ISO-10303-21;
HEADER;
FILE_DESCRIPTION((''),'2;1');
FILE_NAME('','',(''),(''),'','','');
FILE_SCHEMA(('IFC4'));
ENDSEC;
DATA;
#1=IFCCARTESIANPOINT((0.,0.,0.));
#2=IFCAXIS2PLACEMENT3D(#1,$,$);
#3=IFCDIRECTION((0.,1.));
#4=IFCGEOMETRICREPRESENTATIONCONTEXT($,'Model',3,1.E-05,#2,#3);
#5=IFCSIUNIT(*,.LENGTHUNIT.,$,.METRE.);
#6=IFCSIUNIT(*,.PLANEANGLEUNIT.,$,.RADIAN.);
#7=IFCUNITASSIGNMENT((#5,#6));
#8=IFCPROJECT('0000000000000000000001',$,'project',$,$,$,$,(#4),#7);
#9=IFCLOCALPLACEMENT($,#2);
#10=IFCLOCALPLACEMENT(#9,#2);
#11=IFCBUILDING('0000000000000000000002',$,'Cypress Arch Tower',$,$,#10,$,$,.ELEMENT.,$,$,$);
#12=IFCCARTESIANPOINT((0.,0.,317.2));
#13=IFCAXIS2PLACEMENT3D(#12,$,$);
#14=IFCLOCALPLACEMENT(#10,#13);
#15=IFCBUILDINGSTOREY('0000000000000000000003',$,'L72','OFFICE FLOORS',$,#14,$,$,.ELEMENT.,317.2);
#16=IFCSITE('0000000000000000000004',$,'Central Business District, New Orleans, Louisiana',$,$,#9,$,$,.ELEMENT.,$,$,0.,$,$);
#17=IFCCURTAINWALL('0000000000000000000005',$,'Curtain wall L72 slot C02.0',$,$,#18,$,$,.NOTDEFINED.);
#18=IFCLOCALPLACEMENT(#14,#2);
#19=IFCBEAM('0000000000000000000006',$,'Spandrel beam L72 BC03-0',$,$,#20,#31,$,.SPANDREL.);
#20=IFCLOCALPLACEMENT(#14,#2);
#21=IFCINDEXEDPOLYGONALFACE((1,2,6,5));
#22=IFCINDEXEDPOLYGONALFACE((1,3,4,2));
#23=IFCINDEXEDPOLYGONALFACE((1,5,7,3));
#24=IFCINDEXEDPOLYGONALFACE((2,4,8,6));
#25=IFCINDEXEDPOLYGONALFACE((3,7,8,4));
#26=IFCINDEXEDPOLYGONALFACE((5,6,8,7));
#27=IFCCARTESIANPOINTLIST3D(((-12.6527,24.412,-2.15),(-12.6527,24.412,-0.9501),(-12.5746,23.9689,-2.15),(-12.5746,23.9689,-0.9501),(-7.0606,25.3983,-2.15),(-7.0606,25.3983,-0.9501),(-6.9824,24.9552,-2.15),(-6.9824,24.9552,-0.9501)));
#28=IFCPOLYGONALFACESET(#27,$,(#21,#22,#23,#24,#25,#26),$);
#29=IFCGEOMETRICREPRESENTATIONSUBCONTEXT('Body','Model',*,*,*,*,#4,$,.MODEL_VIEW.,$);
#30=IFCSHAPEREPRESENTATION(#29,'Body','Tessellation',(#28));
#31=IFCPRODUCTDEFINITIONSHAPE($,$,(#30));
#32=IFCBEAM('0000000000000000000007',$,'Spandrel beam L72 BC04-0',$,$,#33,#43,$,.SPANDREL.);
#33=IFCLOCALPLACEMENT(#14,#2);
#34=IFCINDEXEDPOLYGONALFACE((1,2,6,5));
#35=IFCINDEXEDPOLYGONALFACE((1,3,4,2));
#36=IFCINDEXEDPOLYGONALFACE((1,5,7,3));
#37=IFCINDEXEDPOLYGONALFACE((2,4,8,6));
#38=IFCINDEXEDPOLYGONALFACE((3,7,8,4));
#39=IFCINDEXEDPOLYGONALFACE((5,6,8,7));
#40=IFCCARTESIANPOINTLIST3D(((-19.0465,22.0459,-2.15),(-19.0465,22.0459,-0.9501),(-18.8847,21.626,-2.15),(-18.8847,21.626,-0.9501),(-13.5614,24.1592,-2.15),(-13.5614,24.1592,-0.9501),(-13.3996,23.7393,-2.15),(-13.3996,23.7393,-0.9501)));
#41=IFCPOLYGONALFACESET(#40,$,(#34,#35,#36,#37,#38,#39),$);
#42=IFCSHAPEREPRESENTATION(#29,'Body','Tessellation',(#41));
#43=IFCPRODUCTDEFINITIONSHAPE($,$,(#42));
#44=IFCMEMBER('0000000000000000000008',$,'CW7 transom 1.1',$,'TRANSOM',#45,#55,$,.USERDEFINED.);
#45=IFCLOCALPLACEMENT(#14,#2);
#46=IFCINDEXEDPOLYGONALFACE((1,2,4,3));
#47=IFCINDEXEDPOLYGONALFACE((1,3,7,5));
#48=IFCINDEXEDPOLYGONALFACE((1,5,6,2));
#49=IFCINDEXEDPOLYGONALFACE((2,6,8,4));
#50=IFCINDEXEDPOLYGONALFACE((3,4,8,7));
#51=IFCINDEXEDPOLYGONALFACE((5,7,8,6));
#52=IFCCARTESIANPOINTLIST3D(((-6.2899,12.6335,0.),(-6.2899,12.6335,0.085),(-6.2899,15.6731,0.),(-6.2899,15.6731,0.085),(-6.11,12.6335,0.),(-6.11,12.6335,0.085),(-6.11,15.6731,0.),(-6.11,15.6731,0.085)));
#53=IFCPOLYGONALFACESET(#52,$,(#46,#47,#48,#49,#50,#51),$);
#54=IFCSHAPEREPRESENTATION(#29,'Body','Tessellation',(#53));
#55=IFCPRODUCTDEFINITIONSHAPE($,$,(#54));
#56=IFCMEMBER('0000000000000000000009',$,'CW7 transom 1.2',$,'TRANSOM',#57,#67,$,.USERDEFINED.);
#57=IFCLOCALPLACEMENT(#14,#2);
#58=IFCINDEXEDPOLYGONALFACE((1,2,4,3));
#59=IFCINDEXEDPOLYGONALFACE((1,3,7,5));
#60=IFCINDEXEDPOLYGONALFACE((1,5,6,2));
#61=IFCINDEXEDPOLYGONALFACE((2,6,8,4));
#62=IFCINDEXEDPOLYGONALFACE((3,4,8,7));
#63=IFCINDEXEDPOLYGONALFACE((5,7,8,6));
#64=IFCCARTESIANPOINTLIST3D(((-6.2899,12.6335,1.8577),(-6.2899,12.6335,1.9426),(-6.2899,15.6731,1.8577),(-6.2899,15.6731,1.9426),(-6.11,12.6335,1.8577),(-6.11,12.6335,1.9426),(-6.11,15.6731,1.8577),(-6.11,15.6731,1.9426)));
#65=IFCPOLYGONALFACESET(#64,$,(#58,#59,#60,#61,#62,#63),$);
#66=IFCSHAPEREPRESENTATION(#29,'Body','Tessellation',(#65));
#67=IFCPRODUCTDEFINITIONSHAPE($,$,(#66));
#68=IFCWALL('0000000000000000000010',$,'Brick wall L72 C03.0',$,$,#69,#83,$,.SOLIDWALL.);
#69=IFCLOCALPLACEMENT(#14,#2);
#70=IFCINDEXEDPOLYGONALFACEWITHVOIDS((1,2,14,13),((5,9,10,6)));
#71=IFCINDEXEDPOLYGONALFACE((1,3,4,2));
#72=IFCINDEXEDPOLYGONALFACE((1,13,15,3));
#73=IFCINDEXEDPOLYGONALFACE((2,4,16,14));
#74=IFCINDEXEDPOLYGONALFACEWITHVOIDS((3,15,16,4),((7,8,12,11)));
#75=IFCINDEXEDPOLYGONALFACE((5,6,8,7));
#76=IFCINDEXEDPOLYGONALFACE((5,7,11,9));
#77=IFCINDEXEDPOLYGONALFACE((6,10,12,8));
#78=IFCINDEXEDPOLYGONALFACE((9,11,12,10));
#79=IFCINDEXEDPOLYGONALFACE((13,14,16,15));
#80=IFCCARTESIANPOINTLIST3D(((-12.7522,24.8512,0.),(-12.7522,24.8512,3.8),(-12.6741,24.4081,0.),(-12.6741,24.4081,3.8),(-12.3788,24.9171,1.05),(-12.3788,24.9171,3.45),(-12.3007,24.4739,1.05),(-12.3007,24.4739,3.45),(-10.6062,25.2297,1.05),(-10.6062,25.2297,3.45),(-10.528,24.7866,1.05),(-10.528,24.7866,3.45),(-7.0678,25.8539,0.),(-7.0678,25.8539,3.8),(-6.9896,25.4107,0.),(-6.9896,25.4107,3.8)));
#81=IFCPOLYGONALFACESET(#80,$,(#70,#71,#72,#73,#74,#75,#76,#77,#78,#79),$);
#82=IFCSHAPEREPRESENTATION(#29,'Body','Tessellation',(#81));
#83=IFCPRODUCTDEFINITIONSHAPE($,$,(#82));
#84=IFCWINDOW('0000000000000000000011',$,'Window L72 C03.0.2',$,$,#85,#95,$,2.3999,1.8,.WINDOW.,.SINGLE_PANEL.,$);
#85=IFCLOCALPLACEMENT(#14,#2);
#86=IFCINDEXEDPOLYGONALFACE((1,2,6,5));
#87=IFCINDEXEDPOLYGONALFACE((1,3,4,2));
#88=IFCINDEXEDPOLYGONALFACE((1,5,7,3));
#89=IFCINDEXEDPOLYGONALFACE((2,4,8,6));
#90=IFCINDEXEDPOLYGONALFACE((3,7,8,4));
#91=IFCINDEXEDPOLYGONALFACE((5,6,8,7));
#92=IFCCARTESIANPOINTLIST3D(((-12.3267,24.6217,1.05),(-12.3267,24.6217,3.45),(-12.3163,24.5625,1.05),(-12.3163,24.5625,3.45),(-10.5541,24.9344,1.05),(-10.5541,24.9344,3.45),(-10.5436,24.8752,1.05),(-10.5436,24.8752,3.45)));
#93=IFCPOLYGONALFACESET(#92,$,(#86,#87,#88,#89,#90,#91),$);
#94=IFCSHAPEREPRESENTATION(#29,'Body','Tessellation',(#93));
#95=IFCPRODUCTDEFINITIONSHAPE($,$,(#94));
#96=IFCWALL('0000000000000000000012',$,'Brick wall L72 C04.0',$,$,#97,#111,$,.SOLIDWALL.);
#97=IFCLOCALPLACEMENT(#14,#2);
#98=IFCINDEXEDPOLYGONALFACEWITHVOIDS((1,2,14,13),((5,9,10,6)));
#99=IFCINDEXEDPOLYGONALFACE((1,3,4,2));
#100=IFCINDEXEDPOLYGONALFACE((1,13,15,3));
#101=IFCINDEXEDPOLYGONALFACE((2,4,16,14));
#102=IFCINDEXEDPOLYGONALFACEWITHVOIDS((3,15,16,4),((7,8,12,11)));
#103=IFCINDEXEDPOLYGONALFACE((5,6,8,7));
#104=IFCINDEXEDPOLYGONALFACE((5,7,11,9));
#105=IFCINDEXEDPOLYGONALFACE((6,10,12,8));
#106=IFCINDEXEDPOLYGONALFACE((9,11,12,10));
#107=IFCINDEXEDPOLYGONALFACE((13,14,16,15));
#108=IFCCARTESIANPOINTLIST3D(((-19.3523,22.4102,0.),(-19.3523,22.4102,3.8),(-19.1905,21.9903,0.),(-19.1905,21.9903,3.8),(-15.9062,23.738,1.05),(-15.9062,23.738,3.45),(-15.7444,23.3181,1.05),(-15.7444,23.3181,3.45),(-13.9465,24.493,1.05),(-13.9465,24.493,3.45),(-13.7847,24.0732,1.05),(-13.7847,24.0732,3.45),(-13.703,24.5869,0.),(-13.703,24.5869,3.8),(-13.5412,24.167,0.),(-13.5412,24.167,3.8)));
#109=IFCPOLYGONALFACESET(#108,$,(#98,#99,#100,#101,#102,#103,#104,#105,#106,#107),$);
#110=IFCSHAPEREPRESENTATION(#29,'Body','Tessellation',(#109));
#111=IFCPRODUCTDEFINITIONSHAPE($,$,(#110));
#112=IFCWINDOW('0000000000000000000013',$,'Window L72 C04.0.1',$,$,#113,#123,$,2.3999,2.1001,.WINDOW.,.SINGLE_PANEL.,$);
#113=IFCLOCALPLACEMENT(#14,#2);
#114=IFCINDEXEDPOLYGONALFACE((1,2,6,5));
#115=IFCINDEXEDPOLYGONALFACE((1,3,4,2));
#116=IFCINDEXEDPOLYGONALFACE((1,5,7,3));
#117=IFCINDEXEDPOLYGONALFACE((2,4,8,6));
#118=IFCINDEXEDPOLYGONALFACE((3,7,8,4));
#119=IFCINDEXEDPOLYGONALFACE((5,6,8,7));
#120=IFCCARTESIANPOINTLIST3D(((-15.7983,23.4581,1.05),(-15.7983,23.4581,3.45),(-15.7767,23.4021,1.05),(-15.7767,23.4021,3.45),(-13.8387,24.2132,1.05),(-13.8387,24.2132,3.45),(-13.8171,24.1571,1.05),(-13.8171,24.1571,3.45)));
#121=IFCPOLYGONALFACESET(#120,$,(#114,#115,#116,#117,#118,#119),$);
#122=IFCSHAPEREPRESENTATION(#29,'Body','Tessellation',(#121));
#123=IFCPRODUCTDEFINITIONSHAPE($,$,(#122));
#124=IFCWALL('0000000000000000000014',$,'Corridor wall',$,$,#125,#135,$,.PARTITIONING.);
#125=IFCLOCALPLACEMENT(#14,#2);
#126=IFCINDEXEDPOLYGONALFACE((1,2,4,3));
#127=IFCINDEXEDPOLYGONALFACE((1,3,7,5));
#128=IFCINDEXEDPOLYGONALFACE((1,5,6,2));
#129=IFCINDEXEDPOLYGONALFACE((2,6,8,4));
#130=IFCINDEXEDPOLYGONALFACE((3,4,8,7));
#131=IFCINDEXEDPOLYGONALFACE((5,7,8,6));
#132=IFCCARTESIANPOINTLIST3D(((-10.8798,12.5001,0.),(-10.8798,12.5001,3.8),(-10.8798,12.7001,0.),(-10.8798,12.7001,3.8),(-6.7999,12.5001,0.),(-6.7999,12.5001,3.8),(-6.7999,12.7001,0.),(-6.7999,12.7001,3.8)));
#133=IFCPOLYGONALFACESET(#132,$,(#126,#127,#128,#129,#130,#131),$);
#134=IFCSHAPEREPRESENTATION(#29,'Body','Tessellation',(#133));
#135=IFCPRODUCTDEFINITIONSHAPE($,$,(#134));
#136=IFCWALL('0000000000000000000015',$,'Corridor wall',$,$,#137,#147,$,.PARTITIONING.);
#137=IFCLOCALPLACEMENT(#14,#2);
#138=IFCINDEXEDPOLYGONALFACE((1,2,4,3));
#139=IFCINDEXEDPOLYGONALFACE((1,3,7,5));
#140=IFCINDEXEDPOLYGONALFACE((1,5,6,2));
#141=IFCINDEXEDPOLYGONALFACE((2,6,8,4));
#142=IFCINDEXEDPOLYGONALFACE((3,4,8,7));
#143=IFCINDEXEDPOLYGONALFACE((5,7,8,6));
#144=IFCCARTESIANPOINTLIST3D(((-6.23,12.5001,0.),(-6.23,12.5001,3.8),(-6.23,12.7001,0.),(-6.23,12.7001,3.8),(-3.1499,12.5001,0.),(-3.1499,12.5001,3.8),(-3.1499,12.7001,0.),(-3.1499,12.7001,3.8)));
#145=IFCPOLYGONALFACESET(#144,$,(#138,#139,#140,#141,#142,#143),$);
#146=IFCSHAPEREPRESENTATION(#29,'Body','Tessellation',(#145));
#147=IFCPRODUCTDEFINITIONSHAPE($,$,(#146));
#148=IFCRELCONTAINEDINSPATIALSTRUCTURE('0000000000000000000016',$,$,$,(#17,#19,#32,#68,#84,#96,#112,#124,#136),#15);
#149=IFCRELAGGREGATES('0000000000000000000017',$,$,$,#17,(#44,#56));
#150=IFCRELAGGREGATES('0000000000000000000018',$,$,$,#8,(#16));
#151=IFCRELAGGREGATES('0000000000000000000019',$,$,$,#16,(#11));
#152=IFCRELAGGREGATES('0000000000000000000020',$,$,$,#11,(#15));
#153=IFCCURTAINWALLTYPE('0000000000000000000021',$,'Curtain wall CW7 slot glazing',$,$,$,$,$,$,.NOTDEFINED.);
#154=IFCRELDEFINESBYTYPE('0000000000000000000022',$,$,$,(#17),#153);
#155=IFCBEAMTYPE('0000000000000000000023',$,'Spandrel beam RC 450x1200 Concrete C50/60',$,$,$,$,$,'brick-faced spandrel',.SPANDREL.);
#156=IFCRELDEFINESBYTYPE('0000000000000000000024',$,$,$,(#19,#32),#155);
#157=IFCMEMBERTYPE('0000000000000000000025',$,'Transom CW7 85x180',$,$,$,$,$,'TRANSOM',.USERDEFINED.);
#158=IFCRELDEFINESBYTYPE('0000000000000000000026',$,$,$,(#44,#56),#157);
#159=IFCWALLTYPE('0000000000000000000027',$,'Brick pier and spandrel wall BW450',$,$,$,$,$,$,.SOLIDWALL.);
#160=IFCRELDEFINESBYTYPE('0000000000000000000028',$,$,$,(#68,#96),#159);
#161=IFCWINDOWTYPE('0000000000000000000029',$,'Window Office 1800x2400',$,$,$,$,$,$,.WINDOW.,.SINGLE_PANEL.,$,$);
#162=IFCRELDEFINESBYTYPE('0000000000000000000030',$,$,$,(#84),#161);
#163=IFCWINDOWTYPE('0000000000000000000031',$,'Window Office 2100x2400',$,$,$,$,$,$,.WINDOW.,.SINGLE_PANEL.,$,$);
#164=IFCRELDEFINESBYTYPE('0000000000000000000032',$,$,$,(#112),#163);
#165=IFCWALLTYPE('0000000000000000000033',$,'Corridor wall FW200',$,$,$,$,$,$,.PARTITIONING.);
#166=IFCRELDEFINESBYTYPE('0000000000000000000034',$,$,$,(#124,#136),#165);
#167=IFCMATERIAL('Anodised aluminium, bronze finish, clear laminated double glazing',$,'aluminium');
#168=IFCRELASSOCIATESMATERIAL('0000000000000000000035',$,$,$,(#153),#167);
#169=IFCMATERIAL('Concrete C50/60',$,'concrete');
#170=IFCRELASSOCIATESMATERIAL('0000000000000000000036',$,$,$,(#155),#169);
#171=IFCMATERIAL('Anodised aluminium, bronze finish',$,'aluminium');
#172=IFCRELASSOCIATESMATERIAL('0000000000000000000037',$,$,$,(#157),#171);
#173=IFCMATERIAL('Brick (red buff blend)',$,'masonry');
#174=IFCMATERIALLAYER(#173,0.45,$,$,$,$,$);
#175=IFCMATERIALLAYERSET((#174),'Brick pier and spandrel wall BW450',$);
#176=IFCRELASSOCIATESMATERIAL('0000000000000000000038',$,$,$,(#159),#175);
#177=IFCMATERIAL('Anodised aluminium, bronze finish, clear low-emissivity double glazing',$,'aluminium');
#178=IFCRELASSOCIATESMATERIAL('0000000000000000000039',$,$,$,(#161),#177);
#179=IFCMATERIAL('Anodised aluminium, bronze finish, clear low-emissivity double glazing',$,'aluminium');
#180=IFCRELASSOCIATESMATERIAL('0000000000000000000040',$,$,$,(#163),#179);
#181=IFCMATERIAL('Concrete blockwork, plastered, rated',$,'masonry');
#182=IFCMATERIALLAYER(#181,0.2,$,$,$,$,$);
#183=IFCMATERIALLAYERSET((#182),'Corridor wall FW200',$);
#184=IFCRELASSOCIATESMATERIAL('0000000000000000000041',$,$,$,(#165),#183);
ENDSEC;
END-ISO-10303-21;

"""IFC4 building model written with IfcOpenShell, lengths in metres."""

from ifc_helpers import new_model, si_unit, direction, frame, frame_2d, origin, origin_2d, place, context, subcontext, project, spatial, rectangle, extrude, material, layer, layer_set, material_profile, profile_set, type_object, element, fill, aggregate, save


model = new_model("IFC4")

# Units and contexts
model_context = context("Model", 3, precision=1e-05, world=origin(), true_north=direction((0.0, 1.0)))
body_context = subcontext(model_context, "Body", "Model", "MODEL_VIEW")
ifc_project = project(units=[si_unit("LENGTHUNIT", "METRE"), si_unit("PLANEANGLEUNIT", "RADIAN")], contexts=[model_context])

# Site, building, storey
site_placement = place(None, origin())
site = spatial("IfcSite", under=ifc_project, at=site_placement, Name="Central Business District, New Orleans, Louisiana", CompositionType="ELEMENT", RefElevation=0.0)
building_placement = place(site_placement, origin())
building = spatial("IfcBuilding", under=site, at=building_placement, Name="Cypress Arch Tower", CompositionType="ELEMENT")
storey_placement = place(building_placement, frame((0.0, 0.0, 317.2)))
storey = spatial("IfcBuildingStorey", under=building, at=storey_placement, Name="L72", Description="OFFICE FLOORS", CompositionType="ELEMENT", Elevation=317.2)

# Curtain wall
ifc_material_1 = material(Name="Anodised aluminium, bronze finish, clear laminated double glazing", Category="aluminium")
curtain_wall_type = type_object("IfcCurtainWallType", Name="Curtain wall CW7 slot glazing", PredefinedType="NOTDEFINED", material=ifc_material_1)
curtain_wall_placement = place(storey_placement, origin())
curtain_wall = element("IfcCurtainWall", 1, at=curtain_wall_placement, inside=storey, type_object=curtain_wall_type, Name="Curtain wall L72 slot C02.0", PredefinedType="NOTDEFINED")

# Beams
ifc_material_2 = material(Name="Concrete C50/60", Category="concrete")
ifc_material_profile_1 = material_profile(ifc_material_2, rectangle(XDim=0.45, YDim=1.2, at=origin_2d()), Name="RC 450x1200")
ifc_profile_set_1 = profile_set([ifc_material_profile_1], Name="Concrete C50/60")
beam_type_1 = type_object("IfcBeamType", Name="Spandrel beam RC 450x1200 Concrete C50/60", ElementType="brick-faced spandrel", PredefinedType="SPANDREL", material=ifc_profile_set_1)
beam_1_placement = place(storey_placement, frame((-7.0215, 25.1768, -1.55), z_axis=(-0.984799, -0.173699, 0.0), x_axis=(0.173699, -0.984799, 0.0)))
element("IfcBeam", 2, at=beam_1_placement, inside=storey, type_object=beam_type_1, Name="Spandrel beam L72 BC03-0", PredefinedType="SPANDREL", context=body_context, shape_type="SweptSolid", body=[
    extrude(rectangle(XDim=0.45, YDim=1.2, at=origin_2d()), origin(), (0.0, 0.0, 1.0), 5.6785),
])
beam_2_placement = place(storey_placement, frame((-13.4805, 23.9492, -1.55), z_axis=(-0.933139, -0.359516, 0.0), x_axis=(0.359516, -0.933139, 0.0)))
element("IfcBeam", 3, at=beam_2_placement, inside=storey, type_object=beam_type_1, Name="Spandrel beam L72 BC04-0", PredefinedType="SPANDREL", context=body_context, shape_type="SweptSolid", body=[
    extrude(rectangle(XDim=0.45, YDim=1.2, at=origin_2d()), origin(), (0.0, 0.0, 1.0), 5.8782),
])

# Members
ifc_material_3 = material(Name="Anodised aluminium, bronze finish", Category="aluminium")
ifc_material_profile_2 = material_profile(ifc_material_3, rectangle(XDim=0.1799, YDim=0.085, at=origin_2d()), Name="Transom 85x180")
ifc_profile_set_2 = profile_set([ifc_material_profile_2], Name="Anodised aluminium, bronze finish")
member_type_1 = type_object("IfcMemberType", Name="Transom CW7 85x180", ElementType="TRANSOM", PredefinedType="USERDEFINED", material=ifc_profile_set_2)
member_1_placement = place(storey_placement, frame((-6.2, 12.6335, 0.0425), z_axis=(0.0, 1.0, 0.0), x_axis=(-1.0, 0.0, 0.0)))
member_1 = element("IfcMember", 4, at=member_1_placement, type_object=member_type_1, Name="CW7 transom 1.1", ObjectType="TRANSOM", PredefinedType="USERDEFINED", context=body_context, shape_type="SweptSolid", body=[
    extrude(rectangle(XDim=0.1799, YDim=0.085, at=origin_2d()), origin(), (0.0, 0.0, 1.0), 3.0396),
])
member_2_placement = place(storey_placement, frame((-6.2, 12.6335, 1.9001), z_axis=(0.0, 1.0, 0.0), x_axis=(-1.0, 0.0, 0.0)))
member_2 = element("IfcMember", 5, at=member_2_placement, type_object=member_type_1, Name="CW7 transom 1.2", ObjectType="TRANSOM", PredefinedType="USERDEFINED", context=body_context, shape_type="SweptSolid", body=[
    extrude(rectangle(XDim=0.1799, YDim=0.085, at=origin_2d()), origin(), (0.0, 0.0, 1.0), 3.0396),
])
aggregate(curtain_wall, [member_1, member_2])

# Walls, openings, windows
ifc_material_4 = material(Name="Brick (red buff blend)", Category="masonry")
ifc_layer_1 = layer(ifc_material_4, 0.45)
ifc_layer_set_1 = layer_set([ifc_layer_1], Name="Brick pier and spandrel wall BW450")
wall_type_1 = type_object("IfcWallType", Name="Brick pier and spandrel wall BW450", PredefinedType="SOLIDWALL", material=ifc_layer_set_1)
wall_1_placement = place(storey_placement, frame((-7.0286, 25.6323, 0.0), z_axis=(0.0, 0.0, 1.0), x_axis=(-0.984798, -0.173706, 0.0)))
wall_1 = element("IfcWall", 6, at=wall_1_placement, inside=storey, type_object=wall_type_1, Name="Brick wall L72 C03.0", PredefinedType="SOLIDWALL", context=body_context, shape_type="SweptSolid", body=[
    extrude(rectangle(XDim=5.7722, YDim=0.45, at=frame_2d((2.8862, 0.0))), origin(), (0.0, 0.0, 1.0), 3.8),
])
opening_1_placement = place(wall_1_placement, frame((3.5933, 0.0, 1.05)))
opening_1 = element("IfcOpeningElement", 7, at=opening_1_placement, cuts=wall_1, PredefinedType="OPENING", context=body_context, shape_type="SweptSolid", body=[
    extrude(rectangle(XDim=1.8, YDim=2.3999, at=frame_2d((0.8999, 1.2))), frame((0.0, 0.2349, 0.0), z_axis=(0.0, -1.0, 0.0), x_axis=(1.0, 0.0, 0.0)), (0.0, 0.0, 1.0), 0.47),
])
ifc_material_5 = material(Name="Anodised aluminium, bronze finish, clear low-emissivity double glazing", Category="aluminium")
window_type_1 = type_object("IfcWindowType", Name="Window Office 1800x2400", PartitioningType="SINGLE_PANEL", PredefinedType="WINDOW", material=ifc_material_5)
window_1_placement = place(opening_1_placement, origin())
window_1 = element("IfcWindow", 8, at=window_1_placement, inside=storey, type_object=window_type_1, Name="Window L72 C03.0.2", OverallHeight=2.3999, OverallWidth=1.8, PartitioningType="SINGLE_PANEL", PredefinedType="WINDOW", context=body_context, shape_type="SweptSolid", body=[
    extrude(rectangle(XDim=1.8, YDim=2.3999, at=frame_2d((0.8999, 1.2))), frame((0.0, 0.135, 0.0), z_axis=(0.0, -1.0, 0.0), x_axis=(1.0, 0.0, 0.0)), (0.0, 0.0, 1.0), 0.0601),
])
fill(opening_1, window_1)
wall_2_placement = place(storey_placement, frame((-13.6221, 24.377, 0.0), z_axis=(0.0, 0.0, 1.0), x_axis=(-0.933129, -0.359541, 0.0)))
wall_2 = element("IfcWall", 9, at=wall_2_placement, inside=storey, type_object=wall_type_1, Name="Brick wall L72 C04.0", PredefinedType="SOLIDWALL", context=body_context, shape_type="SweptSolid", body=[
    extrude(rectangle(XDim=6.0542, YDim=0.45, at=frame_2d((3.0271, 0.0))), origin(), (0.0, 0.0, 1.0), 3.8),
])
opening_2_placement = place(wall_2_placement, frame((0.261, 0.0, 1.05)))
opening_2 = element("IfcOpeningElement", 10, at=opening_2_placement, cuts=wall_2, PredefinedType="OPENING", context=body_context, shape_type="SweptSolid", body=[
    extrude(rectangle(XDim=2.1001, YDim=2.3999, at=frame_2d((1.05, 1.2))), frame((0.0, 0.2349, 0.0), z_axis=(0.0, -1.0, 0.0), x_axis=(1.0, 0.0, 0.0)), (0.0, 0.0, 1.0), 0.47),
])
ifc_material_6 = material(Name="Anodised aluminium, bronze finish, clear low-emissivity double glazing", Category="aluminium")
window_type_2 = type_object("IfcWindowType", Name="Window Office 2100x2400", PartitioningType="SINGLE_PANEL", PredefinedType="WINDOW", material=ifc_material_6)
window_2_placement = place(opening_2_placement, origin())
window_2 = element("IfcWindow", 11, at=window_2_placement, inside=storey, type_object=window_type_2, Name="Window L72 C04.0.1", OverallHeight=2.3999, OverallWidth=2.1001, PartitioningType="SINGLE_PANEL", PredefinedType="WINDOW", context=body_context, shape_type="SweptSolid", body=[
    extrude(rectangle(XDim=2.1001, YDim=2.3999, at=frame_2d((1.05, 1.2))), frame((0.0, 0.135, 0.0), z_axis=(0.0, -1.0, 0.0), x_axis=(1.0, 0.0, 0.0)), (0.0, 0.0, 1.0), 0.0601),
])
fill(opening_2, window_2)

# Walls
ifc_material_7 = material(Name="Concrete blockwork, plastered, rated", Category="masonry")
ifc_layer_2 = layer(ifc_material_7, 0.2)
ifc_layer_set_2 = layer_set([ifc_layer_2], Name="Corridor wall FW200")
wall_type_2 = type_object("IfcWallType", Name="Corridor wall FW200", PredefinedType="PARTITIONING", material=ifc_layer_set_2)
wall_3_placement = place(storey_placement, frame((-10.8799, 12.6001, 0.0), z_axis=(0.0, 0.0, 1.0), x_axis=(1.0, 0.0, 0.0)))
element("IfcWall", 12, at=wall_3_placement, inside=storey, type_object=wall_type_2, Name="Corridor wall", PredefinedType="PARTITIONING", context=body_context, shape_type="SweptSolid", body=[
    extrude(rectangle(XDim=4.0798, YDim=0.2, at=frame_2d((2.04, 0.0))), origin(), (0.0, 0.0, 1.0), 3.8),
])
wall_4_placement = place(storey_placement, frame((-6.23, 12.6001, 0.0), z_axis=(0.0, 0.0, 1.0), x_axis=(1.0, 0.0, 0.0)))
element("IfcWall", 13, at=wall_4_placement, inside=storey, type_object=wall_type_2, Name="Corridor wall", PredefinedType="PARTITIONING", context=body_context, shape_type="SweptSolid", body=[
    extrude(rectangle(XDim=3.0801, YDim=0.2, at=frame_2d((1.54, 0.0))), origin(), (0.0, 0.0, 1.0), 3.8),
])

save(model, "model.ifc")
